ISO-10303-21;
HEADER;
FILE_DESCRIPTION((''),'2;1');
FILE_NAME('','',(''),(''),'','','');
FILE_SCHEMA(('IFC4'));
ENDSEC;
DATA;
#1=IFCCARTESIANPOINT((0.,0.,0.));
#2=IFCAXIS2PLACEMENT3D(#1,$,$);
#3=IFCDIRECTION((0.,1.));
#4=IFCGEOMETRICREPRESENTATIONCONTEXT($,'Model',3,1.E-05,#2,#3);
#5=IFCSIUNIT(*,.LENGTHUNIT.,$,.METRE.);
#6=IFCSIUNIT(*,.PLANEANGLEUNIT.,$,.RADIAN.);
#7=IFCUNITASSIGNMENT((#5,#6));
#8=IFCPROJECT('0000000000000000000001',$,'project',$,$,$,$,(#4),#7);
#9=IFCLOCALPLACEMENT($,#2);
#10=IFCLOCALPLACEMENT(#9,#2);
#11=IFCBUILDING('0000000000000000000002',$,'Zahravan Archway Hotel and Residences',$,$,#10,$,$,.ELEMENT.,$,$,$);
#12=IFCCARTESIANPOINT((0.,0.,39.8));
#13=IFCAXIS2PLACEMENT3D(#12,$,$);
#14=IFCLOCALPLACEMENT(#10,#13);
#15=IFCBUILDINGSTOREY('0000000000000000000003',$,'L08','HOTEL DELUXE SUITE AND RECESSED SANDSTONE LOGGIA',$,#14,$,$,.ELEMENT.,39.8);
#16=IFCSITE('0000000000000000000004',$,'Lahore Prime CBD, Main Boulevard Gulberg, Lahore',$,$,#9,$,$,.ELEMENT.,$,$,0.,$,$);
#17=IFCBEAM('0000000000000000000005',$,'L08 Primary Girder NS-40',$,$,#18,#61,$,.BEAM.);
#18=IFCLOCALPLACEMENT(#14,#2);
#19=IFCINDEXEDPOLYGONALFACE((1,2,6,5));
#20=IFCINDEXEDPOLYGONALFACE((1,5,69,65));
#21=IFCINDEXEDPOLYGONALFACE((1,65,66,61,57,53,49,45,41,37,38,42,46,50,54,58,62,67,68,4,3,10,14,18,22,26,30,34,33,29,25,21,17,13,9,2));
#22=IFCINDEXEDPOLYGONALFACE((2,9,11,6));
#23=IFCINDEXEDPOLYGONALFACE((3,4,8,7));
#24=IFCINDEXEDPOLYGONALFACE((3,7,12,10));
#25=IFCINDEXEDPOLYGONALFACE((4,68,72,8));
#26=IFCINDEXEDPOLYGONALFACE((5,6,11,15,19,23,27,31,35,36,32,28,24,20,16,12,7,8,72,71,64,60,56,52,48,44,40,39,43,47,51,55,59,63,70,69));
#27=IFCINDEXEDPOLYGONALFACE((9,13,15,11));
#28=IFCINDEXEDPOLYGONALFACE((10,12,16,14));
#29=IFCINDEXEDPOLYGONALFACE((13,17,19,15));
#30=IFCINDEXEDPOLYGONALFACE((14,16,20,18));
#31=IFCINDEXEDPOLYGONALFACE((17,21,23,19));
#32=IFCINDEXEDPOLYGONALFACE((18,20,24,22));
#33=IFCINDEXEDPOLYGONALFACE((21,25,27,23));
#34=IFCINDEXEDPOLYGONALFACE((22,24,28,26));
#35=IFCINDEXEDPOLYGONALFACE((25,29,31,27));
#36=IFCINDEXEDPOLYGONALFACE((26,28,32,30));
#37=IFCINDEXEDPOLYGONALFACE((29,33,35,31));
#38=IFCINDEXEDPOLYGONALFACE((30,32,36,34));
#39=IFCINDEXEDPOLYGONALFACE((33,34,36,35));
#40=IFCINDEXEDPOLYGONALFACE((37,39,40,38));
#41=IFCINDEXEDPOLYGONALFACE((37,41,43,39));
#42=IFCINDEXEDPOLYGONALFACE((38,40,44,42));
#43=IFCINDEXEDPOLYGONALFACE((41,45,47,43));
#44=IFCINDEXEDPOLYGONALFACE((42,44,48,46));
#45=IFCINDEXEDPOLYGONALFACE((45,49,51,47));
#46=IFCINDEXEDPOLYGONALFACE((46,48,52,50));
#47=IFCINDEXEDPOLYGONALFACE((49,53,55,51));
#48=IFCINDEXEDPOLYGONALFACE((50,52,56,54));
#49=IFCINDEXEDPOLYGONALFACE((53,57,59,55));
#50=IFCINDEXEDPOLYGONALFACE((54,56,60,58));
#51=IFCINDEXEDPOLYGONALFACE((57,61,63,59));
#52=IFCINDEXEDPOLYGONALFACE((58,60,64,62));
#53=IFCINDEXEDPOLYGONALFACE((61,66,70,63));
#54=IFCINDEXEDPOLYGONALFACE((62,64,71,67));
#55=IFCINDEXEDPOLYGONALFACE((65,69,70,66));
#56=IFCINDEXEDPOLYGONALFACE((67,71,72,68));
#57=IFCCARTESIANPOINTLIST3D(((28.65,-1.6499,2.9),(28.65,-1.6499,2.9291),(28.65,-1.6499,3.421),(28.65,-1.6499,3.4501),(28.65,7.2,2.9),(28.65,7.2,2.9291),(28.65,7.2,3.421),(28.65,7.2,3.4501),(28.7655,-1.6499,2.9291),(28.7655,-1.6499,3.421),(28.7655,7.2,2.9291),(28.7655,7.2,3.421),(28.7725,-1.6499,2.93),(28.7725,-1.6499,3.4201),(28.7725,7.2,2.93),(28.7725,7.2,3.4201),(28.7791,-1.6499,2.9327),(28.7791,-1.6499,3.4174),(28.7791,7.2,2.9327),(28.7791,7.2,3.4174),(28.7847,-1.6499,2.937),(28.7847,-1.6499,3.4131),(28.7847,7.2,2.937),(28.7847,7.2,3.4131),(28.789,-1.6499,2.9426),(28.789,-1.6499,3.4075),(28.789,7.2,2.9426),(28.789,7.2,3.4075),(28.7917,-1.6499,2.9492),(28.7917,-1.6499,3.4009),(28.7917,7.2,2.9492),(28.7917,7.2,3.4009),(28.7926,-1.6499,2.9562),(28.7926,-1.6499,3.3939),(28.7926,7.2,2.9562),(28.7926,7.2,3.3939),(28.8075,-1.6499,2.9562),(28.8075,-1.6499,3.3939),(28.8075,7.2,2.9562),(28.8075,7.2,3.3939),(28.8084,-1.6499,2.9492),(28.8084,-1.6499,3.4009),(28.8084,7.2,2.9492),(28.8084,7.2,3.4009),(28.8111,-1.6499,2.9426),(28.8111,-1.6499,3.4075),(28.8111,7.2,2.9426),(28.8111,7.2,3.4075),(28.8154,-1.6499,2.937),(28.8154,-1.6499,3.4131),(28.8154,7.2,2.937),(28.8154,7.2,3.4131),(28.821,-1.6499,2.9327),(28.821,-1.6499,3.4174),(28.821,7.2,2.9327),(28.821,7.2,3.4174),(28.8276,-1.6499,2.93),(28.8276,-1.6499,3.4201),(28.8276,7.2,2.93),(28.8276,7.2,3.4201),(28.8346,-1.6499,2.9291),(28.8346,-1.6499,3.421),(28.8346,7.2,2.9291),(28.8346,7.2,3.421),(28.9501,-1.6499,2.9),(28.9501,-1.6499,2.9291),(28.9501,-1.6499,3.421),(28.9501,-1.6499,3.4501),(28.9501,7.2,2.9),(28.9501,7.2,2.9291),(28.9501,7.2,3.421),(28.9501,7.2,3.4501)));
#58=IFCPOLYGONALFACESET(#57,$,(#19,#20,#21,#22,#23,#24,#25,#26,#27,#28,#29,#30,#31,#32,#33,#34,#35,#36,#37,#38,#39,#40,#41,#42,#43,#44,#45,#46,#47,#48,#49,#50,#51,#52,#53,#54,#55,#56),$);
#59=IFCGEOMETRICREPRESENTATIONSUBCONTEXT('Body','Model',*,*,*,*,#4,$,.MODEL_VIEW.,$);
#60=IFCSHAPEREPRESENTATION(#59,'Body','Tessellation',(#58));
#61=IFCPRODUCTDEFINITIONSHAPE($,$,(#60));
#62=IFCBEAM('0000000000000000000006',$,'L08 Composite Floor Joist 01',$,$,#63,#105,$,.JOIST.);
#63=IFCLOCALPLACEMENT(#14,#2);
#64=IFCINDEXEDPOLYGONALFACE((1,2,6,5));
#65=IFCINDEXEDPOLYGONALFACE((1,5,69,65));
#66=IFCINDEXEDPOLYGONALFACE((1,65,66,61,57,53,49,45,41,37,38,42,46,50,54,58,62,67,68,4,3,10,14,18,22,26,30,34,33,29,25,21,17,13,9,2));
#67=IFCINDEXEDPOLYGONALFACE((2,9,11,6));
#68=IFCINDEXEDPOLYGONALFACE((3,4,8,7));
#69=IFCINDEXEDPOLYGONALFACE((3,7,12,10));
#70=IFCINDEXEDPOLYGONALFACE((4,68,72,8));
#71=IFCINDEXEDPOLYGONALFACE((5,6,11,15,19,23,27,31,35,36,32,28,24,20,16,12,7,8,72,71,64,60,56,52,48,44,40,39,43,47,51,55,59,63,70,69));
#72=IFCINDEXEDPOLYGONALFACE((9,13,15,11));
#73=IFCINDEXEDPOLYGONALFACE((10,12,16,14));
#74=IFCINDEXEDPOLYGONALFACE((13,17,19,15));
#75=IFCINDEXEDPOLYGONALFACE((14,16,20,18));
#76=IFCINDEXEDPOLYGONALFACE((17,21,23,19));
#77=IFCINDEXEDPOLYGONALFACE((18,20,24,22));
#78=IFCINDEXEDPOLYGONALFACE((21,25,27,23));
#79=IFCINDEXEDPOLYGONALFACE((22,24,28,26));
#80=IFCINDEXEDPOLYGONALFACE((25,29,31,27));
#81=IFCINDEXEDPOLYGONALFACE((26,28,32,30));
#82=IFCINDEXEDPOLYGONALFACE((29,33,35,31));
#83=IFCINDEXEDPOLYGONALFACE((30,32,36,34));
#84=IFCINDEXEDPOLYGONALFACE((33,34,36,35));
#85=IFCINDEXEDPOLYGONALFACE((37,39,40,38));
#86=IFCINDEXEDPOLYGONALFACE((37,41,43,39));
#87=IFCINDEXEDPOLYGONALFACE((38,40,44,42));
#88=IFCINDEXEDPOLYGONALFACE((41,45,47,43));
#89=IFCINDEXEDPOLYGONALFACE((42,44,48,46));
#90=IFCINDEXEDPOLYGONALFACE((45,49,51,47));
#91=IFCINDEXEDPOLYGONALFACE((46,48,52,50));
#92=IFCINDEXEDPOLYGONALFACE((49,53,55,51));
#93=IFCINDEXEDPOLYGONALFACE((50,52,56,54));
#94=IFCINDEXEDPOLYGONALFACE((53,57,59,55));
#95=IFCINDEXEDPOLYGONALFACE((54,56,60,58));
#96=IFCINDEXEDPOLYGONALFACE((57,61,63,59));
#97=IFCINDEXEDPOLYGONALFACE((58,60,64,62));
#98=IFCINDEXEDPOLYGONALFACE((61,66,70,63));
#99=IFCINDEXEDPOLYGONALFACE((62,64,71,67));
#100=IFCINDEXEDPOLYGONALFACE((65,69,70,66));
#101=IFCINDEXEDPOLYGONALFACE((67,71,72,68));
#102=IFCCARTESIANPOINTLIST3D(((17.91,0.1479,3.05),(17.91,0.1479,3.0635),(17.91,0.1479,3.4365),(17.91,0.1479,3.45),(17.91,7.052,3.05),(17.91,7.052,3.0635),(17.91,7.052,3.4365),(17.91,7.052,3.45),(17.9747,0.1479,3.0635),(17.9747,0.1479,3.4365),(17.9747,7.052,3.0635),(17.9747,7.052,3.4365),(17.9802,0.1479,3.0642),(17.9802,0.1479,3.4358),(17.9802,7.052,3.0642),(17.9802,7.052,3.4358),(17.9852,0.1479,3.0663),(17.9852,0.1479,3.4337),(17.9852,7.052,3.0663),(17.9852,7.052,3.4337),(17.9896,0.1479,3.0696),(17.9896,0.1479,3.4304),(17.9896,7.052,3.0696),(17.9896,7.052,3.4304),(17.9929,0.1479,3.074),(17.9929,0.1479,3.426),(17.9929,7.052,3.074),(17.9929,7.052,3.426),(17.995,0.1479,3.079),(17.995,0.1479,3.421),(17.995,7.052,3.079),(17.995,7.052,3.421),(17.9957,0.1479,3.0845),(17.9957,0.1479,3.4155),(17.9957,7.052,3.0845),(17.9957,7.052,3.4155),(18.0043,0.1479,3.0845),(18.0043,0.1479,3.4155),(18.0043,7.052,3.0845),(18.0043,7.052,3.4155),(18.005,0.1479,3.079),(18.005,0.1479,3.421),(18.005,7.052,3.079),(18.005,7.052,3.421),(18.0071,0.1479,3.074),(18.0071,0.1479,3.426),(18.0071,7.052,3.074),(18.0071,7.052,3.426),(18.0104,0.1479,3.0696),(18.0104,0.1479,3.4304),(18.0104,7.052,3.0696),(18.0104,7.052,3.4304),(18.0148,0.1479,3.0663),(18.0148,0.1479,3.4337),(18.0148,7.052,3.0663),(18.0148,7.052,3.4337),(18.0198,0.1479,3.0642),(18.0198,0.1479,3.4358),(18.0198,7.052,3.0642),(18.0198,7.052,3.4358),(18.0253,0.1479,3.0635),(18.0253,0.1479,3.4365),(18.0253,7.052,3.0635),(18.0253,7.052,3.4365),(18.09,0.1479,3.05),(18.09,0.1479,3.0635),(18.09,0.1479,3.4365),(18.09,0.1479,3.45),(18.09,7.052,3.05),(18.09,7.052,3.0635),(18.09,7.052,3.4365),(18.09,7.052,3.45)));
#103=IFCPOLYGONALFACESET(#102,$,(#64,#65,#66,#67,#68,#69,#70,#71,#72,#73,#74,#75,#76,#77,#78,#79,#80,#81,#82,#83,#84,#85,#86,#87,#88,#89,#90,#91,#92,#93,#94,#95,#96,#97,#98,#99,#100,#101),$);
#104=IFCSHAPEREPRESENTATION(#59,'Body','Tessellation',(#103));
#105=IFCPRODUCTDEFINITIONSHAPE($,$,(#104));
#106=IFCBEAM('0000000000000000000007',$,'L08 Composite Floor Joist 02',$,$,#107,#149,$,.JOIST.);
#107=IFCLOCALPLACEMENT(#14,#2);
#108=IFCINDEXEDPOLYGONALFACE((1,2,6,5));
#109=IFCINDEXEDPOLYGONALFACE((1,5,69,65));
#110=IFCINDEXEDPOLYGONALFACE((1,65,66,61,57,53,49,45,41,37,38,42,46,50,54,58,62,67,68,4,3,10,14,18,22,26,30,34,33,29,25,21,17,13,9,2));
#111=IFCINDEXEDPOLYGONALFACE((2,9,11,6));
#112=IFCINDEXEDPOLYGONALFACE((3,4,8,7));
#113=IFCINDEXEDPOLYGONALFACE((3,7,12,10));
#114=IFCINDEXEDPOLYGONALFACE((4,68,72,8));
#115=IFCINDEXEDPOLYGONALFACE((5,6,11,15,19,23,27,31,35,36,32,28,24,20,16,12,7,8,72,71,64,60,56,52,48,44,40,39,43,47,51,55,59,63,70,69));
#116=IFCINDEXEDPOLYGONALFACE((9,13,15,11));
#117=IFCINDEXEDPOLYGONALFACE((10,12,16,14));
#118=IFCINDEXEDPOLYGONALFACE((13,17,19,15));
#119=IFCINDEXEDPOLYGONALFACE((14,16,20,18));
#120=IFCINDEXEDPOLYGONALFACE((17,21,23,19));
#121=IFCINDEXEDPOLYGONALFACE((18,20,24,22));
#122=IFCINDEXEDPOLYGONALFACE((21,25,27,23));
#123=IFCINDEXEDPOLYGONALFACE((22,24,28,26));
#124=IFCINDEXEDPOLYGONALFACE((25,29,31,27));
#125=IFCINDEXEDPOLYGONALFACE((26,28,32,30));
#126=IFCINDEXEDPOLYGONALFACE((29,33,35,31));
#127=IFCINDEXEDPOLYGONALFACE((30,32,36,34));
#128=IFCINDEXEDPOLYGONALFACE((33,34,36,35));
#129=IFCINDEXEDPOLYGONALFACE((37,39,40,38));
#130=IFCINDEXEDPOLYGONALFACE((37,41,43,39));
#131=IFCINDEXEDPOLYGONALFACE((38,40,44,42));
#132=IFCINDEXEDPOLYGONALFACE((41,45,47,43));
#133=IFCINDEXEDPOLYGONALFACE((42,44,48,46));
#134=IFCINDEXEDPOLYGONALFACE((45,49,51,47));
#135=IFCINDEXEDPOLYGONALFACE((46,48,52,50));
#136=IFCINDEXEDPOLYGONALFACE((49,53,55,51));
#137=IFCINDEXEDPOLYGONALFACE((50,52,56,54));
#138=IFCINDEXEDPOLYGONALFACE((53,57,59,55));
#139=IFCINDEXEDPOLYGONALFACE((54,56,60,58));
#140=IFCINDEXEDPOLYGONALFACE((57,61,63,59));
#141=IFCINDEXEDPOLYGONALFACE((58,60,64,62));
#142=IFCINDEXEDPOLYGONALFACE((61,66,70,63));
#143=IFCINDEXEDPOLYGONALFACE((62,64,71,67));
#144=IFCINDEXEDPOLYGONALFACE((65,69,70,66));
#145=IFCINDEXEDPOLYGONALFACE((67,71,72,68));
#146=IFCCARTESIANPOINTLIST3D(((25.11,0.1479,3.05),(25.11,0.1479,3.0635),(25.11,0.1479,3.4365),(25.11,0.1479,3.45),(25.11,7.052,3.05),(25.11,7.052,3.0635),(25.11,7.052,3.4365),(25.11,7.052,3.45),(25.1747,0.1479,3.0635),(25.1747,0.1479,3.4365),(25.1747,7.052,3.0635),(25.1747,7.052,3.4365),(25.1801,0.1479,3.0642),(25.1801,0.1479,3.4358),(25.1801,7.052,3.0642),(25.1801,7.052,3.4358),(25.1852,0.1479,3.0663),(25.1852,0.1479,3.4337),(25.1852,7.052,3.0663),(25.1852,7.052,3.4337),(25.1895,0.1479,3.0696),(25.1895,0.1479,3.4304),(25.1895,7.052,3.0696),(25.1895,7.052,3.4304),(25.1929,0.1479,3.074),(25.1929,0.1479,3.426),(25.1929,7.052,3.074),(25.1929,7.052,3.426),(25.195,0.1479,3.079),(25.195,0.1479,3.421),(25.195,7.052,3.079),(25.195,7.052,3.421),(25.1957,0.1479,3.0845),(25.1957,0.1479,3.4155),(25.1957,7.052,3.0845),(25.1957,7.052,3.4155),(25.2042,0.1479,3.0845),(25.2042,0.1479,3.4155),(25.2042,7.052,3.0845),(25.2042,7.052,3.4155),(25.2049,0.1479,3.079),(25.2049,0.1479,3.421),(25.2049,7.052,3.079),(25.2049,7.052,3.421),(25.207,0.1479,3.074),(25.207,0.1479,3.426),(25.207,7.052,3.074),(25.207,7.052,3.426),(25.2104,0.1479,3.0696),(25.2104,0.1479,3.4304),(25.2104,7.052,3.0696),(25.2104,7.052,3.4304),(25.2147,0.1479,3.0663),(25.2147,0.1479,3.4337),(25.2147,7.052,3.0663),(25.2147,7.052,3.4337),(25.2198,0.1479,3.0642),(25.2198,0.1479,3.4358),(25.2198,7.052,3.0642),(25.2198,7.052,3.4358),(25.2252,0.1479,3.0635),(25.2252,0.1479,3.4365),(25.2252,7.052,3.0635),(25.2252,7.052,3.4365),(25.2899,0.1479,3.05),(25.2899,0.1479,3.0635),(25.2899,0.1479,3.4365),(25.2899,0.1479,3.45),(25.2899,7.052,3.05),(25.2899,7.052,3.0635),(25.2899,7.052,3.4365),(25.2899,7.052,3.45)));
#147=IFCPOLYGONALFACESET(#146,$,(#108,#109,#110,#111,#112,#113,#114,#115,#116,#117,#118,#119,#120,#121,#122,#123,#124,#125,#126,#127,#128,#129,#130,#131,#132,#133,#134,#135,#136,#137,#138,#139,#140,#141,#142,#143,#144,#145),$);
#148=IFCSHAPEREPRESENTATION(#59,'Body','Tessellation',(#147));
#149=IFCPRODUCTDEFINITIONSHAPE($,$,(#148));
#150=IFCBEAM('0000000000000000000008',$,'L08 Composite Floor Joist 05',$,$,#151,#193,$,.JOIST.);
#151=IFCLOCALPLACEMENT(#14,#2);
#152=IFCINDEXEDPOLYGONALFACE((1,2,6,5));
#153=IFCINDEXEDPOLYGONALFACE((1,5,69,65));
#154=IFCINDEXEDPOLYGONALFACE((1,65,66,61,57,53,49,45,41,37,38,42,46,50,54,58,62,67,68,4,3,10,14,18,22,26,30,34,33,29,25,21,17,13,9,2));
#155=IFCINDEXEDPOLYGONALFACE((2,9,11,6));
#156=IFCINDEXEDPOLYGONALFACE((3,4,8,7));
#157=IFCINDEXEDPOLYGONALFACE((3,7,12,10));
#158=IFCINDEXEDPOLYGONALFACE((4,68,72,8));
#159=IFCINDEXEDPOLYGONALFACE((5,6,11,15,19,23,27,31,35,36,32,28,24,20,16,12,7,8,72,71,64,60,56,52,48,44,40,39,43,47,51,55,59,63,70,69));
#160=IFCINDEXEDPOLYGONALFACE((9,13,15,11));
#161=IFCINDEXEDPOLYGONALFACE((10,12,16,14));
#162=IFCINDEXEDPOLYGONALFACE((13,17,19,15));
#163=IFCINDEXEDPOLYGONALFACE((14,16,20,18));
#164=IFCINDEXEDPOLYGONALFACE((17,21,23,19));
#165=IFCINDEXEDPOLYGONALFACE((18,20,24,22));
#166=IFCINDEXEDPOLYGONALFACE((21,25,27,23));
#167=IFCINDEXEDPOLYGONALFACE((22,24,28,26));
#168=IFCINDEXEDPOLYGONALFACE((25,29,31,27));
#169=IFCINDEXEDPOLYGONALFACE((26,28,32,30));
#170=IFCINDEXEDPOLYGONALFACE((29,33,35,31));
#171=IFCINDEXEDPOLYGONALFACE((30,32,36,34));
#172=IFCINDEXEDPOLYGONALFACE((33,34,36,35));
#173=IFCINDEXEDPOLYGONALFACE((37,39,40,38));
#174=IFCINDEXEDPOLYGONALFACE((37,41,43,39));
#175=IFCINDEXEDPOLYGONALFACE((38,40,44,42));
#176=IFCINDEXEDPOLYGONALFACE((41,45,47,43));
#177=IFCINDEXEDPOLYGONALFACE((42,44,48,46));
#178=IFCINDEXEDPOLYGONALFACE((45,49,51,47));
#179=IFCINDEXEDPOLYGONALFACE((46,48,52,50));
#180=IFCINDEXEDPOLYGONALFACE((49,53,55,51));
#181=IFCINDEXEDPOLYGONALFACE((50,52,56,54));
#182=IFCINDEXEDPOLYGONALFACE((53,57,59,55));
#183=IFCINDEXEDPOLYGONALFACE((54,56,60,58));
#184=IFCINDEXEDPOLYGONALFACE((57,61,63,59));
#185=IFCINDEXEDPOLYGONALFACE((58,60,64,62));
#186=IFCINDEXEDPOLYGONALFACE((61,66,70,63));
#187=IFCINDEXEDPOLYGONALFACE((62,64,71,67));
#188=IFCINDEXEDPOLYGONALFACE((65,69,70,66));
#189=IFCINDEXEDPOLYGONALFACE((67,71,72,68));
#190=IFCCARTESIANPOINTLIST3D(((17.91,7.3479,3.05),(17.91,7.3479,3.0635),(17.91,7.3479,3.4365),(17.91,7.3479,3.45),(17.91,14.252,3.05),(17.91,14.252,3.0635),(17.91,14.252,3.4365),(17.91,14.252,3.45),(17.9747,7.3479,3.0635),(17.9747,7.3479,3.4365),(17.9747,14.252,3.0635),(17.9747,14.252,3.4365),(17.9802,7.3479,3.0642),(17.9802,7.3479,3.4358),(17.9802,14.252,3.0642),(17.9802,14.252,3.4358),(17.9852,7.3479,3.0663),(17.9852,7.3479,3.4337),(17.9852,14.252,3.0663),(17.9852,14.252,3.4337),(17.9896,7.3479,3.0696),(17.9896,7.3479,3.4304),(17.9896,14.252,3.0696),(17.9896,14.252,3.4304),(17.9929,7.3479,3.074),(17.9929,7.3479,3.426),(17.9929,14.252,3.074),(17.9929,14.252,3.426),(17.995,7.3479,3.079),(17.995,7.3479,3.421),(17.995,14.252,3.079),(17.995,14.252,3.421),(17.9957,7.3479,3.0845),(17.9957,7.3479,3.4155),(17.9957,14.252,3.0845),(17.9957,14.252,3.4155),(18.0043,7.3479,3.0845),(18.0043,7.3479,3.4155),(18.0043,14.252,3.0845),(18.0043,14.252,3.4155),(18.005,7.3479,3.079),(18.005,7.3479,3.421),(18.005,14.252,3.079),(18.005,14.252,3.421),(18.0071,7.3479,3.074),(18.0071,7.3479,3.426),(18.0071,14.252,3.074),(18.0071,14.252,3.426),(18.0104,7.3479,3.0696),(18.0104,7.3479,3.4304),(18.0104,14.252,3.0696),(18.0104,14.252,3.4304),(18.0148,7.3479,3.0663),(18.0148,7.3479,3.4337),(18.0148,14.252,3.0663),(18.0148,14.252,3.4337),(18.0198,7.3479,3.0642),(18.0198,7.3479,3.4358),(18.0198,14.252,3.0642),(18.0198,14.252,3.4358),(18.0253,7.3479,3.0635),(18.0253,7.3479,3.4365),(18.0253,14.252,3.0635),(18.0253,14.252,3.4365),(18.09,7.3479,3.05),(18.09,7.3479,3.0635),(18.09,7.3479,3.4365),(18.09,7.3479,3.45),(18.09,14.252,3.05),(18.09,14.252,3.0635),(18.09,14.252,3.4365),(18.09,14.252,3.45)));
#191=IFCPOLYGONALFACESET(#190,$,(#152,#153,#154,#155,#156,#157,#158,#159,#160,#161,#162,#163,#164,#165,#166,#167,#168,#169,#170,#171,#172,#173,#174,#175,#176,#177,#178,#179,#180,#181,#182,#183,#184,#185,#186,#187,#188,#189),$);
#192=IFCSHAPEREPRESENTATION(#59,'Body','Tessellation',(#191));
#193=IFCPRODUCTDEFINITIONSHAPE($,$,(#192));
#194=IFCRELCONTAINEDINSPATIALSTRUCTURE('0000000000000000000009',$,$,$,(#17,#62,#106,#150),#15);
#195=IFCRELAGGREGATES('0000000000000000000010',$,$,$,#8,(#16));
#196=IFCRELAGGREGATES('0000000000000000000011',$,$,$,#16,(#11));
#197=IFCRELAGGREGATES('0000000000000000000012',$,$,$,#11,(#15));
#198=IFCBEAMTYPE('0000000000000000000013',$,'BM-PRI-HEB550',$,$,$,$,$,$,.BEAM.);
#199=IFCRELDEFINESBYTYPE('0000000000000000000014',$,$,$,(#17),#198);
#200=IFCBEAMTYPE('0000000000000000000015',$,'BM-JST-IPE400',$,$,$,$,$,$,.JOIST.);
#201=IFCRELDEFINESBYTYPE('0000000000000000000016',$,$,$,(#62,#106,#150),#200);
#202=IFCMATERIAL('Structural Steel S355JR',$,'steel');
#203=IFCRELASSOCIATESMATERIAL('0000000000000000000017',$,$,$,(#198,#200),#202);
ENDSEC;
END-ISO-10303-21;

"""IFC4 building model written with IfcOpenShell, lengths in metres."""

from ifc_helpers import new_model, si_unit, direction, frame, origin, origin_2d, place, context, subcontext, project, spatial, i_section, extrude, source, transform, mapped, material, material_profile, profile_set, type_object, type_shapes, element, save


model = new_model("IFC4")

# Units and contexts
model_context = context("Model", 3, precision=1e-05, world=origin(), true_north=direction((0.0, 1.0)))
body_context = subcontext(model_context, "Body", "Model", "MODEL_VIEW")
ifc_project = project(units=[si_unit("LENGTHUNIT", "METRE"), si_unit("PLANEANGLEUNIT", "RADIAN")], contexts=[model_context])

# Site, building, storey
site_placement = place(None, origin())
site = spatial("IfcSite", under=ifc_project, at=site_placement, Name="Lahore Prime CBD, Main Boulevard Gulberg, Lahore", CompositionType="ELEMENT", RefElevation=0.0)
building_placement = place(site_placement, origin())
building = spatial("IfcBuilding", under=site, at=building_placement, Name="Zahravan Archway Hotel and Residences", CompositionType="ELEMENT")
storey_placement = place(building_placement, frame((0.0, 0.0, 39.8)))
storey = spatial("IfcBuildingStorey", under=building, at=storey_placement, Name="L08", Description="HOTEL DELUXE SUITE AND RECESSED SANDSTONE LOGGIA", CompositionType="ELEMENT", Elevation=39.8)

# Beams
ifc_material_1 = material(Name="Structural Steel S355JR", Category="steel")
ifc_material_profile_1 = material_profile(ifc_material_1, i_section(OverallWidth=0.3, OverallDepth=0.55, WebThickness=0.0149, FlangeThickness=0.0291, FilletRadius=0.0271, at=origin_2d()), Name="HEB 550", Category="steel")
ifc_profile_set_1 = profile_set([ifc_material_profile_1], Name="Structural Steel S355JR")
beam_type_1 = type_object("IfcBeamType", Name="BM-PRI-HEB550", PredefinedType="BEAM", material=ifc_profile_set_1)
shared_shape_1 = source(origin(), body_context, "Body", "SweptSolid", [
    extrude(i_section(OverallWidth=0.3, OverallDepth=0.55, WebThickness=0.0149, FlangeThickness=0.0291, FilletRadius=0.0271, at=origin_2d()), origin(), (0.0, 0.0, 1.0), 8.8499),
])
for number, where, z_axis, x_axis, name in (
    (1, (28.8, -1.6499, 3.175), (0.0, 1.0, 0.0), (-1.0, 0.0, 0.0), "L08 Primary Girder NS-40"),
):
    element("IfcBeam", number, at=place(storey_placement, frame(where, z_axis=z_axis, x_axis=x_axis)), inside=storey, type_object=beam_type_1, Name=name, PredefinedType="BEAM", context=body_context, shape_type="MappedRepresentation", body=[
        mapped(shared_shape_1, transform((0.0, 0.0, 0.0), scale=1.0)),
    ])
ifc_material_profile_2 = material_profile(ifc_material_1, i_section(OverallWidth=0.1799, OverallDepth=0.3999, WebThickness=0.0085, FlangeThickness=0.0134, FilletRadius=0.021, at=origin_2d()), Name="IPE 400", Category="steel")
ifc_profile_set_2 = profile_set([ifc_material_profile_2], Name="Structural Steel S355JR")
beam_type_2 = type_object("IfcBeamType", Name="BM-JST-IPE400", PredefinedType="JOIST", material=ifc_profile_set_2)
shared_shape_2 = source(origin(), body_context, "Body", "SweptSolid", [
    extrude(i_section(OverallWidth=0.1799, OverallDepth=0.3999, WebThickness=0.0085, FlangeThickness=0.0134, FilletRadius=0.021, at=origin_2d()), origin(), (0.0, 0.0, 1.0), 6.9041),
])
type_shapes(beam_type_2, [shared_shape_2])
for number, where, z_axis, x_axis, name in (
    (2, (18.0, 0.1479, 3.25), (0.0, 1.0, 0.0), (-1.0, 0.0, 0.0), "L08 Composite Floor Joist 01"),
    (3, (25.2, 0.1479, 3.25), (0.0, 1.0, 0.0), (-1.0, 0.0, 0.0), "L08 Composite Floor Joist 02"),
    (4, (18.0, 7.3479, 3.25), (0.0, 1.0, 0.0), (-1.0, 0.0, 0.0), "L08 Composite Floor Joist 05"),
):
    element("IfcBeam", number, at=place(storey_placement, frame(where, z_axis=z_axis, x_axis=x_axis)), inside=storey, type_object=beam_type_2, Name=name, PredefinedType="JOIST", context=body_context, shape_type="MappedRepresentation", body=[
        mapped(shared_shape_2, transform((0.0, 0.0, 0.0), scale=1.0)),
    ])

save(model, "model.ifc")
